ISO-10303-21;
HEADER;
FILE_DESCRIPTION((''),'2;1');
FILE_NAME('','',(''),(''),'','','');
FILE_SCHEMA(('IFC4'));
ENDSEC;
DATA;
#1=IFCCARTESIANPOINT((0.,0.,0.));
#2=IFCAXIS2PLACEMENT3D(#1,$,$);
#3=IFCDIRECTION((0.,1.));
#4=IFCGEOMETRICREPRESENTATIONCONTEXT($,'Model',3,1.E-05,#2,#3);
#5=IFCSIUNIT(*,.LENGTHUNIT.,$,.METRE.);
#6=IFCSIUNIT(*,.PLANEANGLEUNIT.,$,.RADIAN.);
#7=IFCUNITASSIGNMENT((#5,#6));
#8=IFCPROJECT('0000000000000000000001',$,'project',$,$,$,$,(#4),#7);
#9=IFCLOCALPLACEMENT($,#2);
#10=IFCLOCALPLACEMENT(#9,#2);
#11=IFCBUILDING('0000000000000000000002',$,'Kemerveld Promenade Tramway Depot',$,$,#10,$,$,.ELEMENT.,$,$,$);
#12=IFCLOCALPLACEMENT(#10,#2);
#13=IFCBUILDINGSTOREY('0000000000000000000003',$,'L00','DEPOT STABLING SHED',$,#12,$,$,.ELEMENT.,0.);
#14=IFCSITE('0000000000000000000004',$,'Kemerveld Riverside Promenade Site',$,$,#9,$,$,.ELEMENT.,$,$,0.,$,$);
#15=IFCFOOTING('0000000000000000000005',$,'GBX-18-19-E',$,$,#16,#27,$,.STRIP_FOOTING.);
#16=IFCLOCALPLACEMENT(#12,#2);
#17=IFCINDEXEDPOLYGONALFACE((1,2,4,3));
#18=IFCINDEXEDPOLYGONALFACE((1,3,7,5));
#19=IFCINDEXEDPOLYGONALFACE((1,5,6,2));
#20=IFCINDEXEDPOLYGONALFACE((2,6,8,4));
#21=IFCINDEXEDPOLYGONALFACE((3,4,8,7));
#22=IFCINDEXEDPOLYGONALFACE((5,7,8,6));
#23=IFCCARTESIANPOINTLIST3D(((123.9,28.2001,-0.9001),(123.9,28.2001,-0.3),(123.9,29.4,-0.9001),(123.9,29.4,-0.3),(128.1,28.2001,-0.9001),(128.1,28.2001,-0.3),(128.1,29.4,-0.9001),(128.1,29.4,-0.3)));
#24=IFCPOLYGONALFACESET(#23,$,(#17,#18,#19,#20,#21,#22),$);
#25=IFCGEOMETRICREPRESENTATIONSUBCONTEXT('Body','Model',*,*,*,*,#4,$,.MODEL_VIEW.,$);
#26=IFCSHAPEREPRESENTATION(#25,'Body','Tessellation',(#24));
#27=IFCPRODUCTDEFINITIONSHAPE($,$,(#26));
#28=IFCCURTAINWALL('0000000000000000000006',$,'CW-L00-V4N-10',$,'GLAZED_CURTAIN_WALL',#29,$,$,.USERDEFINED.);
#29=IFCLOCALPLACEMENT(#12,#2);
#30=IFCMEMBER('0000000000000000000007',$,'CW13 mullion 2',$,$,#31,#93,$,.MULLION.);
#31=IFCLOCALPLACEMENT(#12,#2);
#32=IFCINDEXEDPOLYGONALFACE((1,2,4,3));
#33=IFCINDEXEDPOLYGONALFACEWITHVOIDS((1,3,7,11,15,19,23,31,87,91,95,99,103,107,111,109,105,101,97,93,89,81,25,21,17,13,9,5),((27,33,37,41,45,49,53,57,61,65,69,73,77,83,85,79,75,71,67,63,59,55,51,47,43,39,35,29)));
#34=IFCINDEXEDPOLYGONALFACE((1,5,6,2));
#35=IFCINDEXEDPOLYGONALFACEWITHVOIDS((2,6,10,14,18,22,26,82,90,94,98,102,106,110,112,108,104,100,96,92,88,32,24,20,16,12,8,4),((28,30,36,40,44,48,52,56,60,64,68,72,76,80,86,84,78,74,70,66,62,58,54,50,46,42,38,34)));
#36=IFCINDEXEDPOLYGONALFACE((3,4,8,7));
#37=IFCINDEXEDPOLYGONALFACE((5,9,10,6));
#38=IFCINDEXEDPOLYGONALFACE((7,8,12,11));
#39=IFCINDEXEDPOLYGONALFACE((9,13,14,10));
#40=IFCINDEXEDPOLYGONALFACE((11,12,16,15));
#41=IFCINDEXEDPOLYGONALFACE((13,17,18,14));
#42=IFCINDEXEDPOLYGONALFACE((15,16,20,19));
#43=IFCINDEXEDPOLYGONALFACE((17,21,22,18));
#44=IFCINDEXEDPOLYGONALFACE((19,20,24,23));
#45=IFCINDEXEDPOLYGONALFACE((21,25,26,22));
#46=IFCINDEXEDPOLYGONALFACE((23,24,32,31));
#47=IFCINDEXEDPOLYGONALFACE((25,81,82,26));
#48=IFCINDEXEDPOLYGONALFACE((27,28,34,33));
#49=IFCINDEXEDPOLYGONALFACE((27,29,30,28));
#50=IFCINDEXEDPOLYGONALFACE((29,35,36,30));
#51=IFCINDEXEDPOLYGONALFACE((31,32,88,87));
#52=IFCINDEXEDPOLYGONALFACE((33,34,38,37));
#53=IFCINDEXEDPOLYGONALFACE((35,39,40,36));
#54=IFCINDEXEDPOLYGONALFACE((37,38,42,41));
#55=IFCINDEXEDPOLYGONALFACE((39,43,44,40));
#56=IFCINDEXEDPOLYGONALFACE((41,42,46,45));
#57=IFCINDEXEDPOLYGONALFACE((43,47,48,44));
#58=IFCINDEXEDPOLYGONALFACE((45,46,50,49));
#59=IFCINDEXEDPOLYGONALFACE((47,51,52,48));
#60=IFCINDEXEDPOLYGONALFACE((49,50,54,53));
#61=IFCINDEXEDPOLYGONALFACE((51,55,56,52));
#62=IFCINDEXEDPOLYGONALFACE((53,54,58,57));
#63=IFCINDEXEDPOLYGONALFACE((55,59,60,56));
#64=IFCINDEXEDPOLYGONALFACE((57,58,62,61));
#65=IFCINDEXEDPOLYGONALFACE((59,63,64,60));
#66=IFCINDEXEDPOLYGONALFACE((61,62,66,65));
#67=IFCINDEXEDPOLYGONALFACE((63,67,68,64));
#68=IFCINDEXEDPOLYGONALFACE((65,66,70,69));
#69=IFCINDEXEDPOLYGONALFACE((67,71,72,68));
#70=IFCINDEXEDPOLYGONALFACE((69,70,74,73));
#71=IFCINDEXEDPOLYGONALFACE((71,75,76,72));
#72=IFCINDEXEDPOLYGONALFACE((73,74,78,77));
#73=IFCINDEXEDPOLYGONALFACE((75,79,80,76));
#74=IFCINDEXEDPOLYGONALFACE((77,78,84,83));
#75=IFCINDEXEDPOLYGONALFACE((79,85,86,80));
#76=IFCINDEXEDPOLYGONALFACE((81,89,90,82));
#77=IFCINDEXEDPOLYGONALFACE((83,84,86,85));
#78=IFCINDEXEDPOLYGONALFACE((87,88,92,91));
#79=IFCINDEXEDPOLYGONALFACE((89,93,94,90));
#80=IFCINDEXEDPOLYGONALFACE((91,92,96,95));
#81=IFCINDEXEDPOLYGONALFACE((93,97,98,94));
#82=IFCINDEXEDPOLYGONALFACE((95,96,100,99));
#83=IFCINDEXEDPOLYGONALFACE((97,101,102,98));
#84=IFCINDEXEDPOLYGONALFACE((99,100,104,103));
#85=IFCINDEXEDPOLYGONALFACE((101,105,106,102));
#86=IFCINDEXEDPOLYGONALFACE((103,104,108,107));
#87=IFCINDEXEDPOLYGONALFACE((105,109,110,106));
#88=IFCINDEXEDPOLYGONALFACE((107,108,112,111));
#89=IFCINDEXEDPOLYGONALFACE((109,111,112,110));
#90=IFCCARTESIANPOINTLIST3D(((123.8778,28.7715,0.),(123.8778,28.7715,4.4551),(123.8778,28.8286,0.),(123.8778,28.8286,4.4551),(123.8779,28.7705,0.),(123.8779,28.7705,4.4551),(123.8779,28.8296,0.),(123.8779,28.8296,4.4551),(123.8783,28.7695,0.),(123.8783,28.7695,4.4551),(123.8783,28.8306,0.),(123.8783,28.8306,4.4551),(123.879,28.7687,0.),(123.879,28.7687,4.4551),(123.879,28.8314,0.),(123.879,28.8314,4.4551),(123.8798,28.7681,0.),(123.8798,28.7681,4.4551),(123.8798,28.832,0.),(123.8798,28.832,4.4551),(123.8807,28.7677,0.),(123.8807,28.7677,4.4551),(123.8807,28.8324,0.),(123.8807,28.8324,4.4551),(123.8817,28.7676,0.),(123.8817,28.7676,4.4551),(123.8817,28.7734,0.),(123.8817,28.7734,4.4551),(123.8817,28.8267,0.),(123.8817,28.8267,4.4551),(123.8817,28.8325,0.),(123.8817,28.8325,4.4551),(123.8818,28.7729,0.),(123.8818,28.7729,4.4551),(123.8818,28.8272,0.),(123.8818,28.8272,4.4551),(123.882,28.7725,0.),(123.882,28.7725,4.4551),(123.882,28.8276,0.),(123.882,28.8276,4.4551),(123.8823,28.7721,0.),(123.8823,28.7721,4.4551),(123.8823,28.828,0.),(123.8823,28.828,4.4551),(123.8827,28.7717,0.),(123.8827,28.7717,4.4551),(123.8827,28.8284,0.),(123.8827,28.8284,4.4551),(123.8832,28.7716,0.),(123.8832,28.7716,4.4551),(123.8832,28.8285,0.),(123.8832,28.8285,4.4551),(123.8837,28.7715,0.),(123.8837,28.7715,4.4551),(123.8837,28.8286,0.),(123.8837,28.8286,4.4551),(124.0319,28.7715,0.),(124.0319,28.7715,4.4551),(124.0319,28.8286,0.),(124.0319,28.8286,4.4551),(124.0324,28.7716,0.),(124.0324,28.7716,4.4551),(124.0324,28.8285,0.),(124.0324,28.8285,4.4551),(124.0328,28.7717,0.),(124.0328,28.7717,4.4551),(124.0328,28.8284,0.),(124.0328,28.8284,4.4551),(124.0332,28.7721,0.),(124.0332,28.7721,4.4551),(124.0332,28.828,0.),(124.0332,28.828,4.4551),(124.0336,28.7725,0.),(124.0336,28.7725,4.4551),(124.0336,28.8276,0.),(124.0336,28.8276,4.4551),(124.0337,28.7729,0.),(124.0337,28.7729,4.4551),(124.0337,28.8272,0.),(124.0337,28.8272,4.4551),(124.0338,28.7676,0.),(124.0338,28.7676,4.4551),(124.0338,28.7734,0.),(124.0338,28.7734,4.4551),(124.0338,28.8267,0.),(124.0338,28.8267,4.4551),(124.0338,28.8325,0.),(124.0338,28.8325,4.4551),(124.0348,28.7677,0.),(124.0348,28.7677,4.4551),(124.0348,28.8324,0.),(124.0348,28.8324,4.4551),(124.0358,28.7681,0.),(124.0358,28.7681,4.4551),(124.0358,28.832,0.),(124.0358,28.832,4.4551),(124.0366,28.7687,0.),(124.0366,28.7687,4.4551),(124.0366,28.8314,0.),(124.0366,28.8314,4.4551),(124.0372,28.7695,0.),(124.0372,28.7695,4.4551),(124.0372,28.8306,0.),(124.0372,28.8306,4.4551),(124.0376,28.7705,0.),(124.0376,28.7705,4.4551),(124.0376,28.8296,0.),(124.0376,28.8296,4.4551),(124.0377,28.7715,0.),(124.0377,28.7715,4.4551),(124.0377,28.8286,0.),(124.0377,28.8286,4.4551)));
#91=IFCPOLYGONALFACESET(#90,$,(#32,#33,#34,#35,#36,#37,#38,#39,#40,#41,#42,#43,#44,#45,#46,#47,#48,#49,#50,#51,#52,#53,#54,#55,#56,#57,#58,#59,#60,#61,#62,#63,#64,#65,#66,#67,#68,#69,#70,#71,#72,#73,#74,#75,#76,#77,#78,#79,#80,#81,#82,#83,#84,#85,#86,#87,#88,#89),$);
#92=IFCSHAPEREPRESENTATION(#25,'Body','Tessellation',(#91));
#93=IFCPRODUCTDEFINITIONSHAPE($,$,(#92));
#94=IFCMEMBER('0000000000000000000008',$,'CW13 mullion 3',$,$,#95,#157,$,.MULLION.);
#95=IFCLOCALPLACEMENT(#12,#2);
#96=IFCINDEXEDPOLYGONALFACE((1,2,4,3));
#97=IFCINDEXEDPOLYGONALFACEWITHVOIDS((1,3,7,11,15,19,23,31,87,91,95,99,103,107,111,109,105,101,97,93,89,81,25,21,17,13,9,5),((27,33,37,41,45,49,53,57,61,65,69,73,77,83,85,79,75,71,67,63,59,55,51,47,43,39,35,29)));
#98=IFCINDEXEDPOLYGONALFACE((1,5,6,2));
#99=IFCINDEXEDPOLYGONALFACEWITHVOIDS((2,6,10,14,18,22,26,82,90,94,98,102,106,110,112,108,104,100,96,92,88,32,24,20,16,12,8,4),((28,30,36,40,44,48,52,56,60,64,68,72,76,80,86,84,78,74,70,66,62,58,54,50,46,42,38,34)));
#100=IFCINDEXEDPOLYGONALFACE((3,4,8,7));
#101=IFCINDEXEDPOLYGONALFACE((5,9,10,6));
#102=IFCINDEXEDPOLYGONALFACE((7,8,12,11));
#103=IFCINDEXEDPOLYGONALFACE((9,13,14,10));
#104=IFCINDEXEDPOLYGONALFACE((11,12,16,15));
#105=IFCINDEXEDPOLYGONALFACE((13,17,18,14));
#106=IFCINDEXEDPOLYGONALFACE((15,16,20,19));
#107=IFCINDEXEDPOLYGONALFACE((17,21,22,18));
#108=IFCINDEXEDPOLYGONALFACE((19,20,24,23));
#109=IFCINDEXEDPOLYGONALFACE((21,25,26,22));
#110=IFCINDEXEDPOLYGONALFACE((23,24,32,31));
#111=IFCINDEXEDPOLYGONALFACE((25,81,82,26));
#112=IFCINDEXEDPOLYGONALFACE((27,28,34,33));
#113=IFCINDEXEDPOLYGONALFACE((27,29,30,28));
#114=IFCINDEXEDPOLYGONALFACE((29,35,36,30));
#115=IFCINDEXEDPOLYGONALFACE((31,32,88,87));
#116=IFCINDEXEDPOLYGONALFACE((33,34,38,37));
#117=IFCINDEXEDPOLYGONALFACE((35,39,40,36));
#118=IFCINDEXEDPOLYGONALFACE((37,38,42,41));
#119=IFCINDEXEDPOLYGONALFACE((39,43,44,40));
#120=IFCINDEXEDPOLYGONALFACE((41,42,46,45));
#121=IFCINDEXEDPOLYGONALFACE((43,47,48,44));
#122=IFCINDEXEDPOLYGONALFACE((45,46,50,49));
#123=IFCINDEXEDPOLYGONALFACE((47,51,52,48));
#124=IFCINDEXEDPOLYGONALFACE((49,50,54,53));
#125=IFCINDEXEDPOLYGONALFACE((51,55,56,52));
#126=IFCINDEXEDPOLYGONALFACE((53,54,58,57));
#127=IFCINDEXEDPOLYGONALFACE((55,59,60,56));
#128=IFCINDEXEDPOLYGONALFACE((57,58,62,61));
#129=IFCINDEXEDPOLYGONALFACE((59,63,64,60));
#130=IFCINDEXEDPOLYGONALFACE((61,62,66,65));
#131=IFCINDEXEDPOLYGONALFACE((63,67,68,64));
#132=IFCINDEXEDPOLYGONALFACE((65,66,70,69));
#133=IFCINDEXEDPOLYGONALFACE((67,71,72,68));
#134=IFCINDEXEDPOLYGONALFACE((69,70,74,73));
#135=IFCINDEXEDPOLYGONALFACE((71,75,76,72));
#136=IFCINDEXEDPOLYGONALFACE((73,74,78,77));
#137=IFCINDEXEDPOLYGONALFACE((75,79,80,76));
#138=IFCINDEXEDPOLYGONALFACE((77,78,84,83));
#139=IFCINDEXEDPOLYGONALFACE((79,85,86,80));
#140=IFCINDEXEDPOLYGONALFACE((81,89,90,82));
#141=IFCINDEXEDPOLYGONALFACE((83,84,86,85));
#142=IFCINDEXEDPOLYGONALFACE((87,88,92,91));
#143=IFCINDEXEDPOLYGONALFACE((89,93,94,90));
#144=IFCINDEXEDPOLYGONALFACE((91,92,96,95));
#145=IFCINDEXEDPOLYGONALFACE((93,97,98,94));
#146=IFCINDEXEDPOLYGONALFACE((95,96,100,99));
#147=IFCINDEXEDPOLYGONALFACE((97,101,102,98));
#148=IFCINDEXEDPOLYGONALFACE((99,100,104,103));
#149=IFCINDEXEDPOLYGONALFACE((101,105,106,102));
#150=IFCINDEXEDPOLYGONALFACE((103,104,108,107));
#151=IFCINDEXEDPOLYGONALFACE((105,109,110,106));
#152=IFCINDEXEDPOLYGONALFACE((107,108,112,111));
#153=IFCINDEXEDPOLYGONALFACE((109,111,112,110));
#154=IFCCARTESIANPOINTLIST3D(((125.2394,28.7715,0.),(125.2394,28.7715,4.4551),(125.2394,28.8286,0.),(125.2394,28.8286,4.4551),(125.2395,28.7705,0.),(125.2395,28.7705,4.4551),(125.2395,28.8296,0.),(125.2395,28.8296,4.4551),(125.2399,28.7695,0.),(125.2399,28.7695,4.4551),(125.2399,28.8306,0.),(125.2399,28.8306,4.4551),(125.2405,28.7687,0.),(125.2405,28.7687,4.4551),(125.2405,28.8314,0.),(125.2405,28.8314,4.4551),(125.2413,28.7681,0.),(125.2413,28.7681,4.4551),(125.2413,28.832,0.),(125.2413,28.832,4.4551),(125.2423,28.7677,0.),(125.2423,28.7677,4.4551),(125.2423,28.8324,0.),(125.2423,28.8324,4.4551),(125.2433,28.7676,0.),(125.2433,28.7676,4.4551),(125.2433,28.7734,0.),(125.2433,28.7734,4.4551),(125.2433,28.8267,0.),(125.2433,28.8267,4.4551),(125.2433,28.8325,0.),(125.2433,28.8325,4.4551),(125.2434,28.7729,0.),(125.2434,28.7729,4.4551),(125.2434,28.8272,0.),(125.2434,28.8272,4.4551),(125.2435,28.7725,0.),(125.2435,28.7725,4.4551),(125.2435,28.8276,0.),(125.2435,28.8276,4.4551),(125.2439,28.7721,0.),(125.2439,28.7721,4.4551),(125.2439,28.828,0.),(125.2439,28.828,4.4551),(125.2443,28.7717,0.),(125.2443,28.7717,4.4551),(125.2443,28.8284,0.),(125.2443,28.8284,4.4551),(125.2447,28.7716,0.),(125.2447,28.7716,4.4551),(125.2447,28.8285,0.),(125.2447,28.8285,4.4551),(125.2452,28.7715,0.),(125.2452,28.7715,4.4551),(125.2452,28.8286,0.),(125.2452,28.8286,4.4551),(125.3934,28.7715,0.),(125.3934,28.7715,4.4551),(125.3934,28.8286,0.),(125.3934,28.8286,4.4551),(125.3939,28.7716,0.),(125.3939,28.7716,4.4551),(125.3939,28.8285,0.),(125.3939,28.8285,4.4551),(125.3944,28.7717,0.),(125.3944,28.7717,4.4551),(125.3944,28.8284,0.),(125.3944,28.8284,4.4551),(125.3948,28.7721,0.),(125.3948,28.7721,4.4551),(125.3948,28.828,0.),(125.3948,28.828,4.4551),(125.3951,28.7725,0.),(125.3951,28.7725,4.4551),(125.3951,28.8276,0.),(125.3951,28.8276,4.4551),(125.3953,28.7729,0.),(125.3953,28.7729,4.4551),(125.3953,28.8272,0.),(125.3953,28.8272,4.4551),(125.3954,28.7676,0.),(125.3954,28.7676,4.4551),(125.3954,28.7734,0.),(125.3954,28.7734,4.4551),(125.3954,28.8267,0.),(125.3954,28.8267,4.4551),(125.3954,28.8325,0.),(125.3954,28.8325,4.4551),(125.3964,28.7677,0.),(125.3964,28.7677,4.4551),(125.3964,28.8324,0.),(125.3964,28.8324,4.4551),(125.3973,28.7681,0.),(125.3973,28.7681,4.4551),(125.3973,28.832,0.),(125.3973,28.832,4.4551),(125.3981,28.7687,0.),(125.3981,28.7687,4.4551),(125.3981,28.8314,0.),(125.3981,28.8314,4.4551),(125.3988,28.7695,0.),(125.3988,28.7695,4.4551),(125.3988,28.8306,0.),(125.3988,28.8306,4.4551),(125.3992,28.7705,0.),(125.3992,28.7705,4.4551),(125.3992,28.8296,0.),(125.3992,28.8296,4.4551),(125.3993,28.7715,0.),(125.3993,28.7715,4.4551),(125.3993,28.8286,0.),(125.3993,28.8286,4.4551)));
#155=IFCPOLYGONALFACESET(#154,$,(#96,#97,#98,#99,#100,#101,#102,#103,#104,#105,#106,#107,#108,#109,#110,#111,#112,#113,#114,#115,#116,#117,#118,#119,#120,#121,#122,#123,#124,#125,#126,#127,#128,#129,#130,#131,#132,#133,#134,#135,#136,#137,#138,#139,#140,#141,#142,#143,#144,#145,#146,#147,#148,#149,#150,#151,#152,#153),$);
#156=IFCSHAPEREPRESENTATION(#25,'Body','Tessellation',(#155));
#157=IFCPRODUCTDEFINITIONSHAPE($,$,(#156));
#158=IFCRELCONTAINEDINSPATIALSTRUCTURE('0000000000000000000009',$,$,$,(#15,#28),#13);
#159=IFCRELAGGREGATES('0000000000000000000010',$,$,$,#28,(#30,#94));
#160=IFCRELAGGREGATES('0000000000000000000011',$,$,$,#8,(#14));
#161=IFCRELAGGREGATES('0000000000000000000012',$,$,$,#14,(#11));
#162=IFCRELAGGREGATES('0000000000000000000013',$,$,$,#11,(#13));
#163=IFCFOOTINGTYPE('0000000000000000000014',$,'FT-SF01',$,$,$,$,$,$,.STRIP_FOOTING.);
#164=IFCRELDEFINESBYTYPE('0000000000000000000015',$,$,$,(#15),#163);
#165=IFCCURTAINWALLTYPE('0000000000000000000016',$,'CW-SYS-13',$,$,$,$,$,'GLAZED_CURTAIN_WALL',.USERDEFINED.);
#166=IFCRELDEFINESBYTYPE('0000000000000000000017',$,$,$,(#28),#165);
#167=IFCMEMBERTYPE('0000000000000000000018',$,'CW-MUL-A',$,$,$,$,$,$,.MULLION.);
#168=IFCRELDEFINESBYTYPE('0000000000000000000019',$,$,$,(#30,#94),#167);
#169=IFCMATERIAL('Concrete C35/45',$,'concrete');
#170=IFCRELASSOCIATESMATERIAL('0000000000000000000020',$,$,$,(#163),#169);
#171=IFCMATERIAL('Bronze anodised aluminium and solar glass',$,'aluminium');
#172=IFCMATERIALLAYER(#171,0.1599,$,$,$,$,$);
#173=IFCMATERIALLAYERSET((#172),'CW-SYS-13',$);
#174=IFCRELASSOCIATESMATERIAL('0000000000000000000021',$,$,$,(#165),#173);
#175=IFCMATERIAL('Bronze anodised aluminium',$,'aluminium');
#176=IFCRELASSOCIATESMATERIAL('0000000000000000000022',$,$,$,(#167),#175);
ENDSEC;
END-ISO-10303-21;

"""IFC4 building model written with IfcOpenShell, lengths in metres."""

from ifc_helpers import new_model, si_unit, direction, frame, origin, origin_2d, place, context, subcontext, project, spatial, rectangle, hollow_rectangle, extrude, material, layer, layer_set, material_profile, profile_set, type_object, element, aggregate, save


model = new_model("IFC4")

# Units and contexts
model_context = context("Model", 3, precision=1e-05, world=origin(), true_north=direction((0.0, 1.0)))
body_context = subcontext(model_context, "Body", "Model", "MODEL_VIEW")
ifc_project = project(units=[si_unit("LENGTHUNIT", "METRE"), si_unit("PLANEANGLEUNIT", "RADIAN")], contexts=[model_context])

# Site, building, storey
site_placement = place(None, origin())
site = spatial("IfcSite", under=ifc_project, at=site_placement, Name="Kemerveld Riverside Promenade Site", CompositionType="ELEMENT", RefElevation=0.0)
building_placement = place(site_placement, origin())
building = spatial("IfcBuilding", under=site, at=building_placement, Name="Kemerveld Promenade Tramway Depot", CompositionType="ELEMENT")
storey_placement = place(building_placement, origin())
storey = spatial("IfcBuildingStorey", under=building, at=storey_placement, Name="L00", Description="DEPOT STABLING SHED", CompositionType="ELEMENT", Elevation=0.0)

# Footing
ifc_material_1 = material(Name="Concrete C35/45", Category="concrete")
footing_type = type_object("IfcFootingType", Name="FT-SF01", PredefinedType="STRIP_FOOTING", material=ifc_material_1)
footing_placement = place(storey_placement, frame((126.0, 28.8, -0.9001), z_axis=(0.0, 0.0, 1.0), x_axis=(1.0, 0.0, 0.0)))
element("IfcFooting", 1, at=footing_placement, inside=storey, type_object=footing_type, Name="GBX-18-19-E", PredefinedType="STRIP_FOOTING", context=body_context, shape_type="SweptSolid", body=[
    extrude(rectangle(XDim=4.2, YDim=1.2, at=origin_2d()), origin(), (0.0, 0.0, 1.0), 0.6001),
])

# Curtain wall, members
ifc_material_2 = material(Name="Bronze anodised aluminium and solar glass", Category="aluminium")
ifc_layer_1 = layer(ifc_material_2, 0.1599)
ifc_layer_set_1 = layer_set([ifc_layer_1], Name="CW-SYS-13")
curtain_wall_type = type_object("IfcCurtainWallType", Name="CW-SYS-13", ElementType="GLAZED_CURTAIN_WALL", PredefinedType="USERDEFINED", material=ifc_layer_set_1)
curtain_wall_placement = place(storey_placement, origin())
curtain_wall = element("IfcCurtainWall", 2, at=curtain_wall_placement, inside=storey, type_object=curtain_wall_type, Name="CW-L00-V4N-10", ObjectType="GLAZED_CURTAIN_WALL", PredefinedType="USERDEFINED")
ifc_material_3 = material(Name="Bronze anodised aluminium", Category="aluminium")
ifc_material_profile_1 = material_profile(ifc_material_3, hollow_rectangle(XDim=0.0649, YDim=0.1599, WallThickness=0.0039, InnerFilletRadius=0.002, OuterFilletRadius=0.0039, at=origin_2d()), Name="CW-MUL-160x65")
ifc_profile_set_1 = profile_set([ifc_material_profile_1], Name="Bronze anodised aluminium")
member_type_1 = type_object("IfcMemberType", Name="CW-MUL-A", PredefinedType="MULLION", material=ifc_profile_set_1)
member_1_placement = place(storey_placement, frame((123.9578, 28.8, 0.0), z_axis=(0.0, 0.0, 1.0), x_axis=(0.0, 1.0, 0.0)))
member_1 = element("IfcMember", 3, at=member_1_placement, type_object=member_type_1, Name="CW13 mullion 2", PredefinedType="MULLION", context=body_context, shape_type="SweptSolid", body=[
    extrude(hollow_rectangle(XDim=0.0649, YDim=0.1599, WallThickness=0.0039, InnerFilletRadius=0.002, OuterFilletRadius=0.0039, at=origin_2d()), origin(), (0.0, 0.0, 1.0), 4.4551),
])
member_2_placement = place(storey_placement, frame((125.3193, 28.8, 0.0), z_axis=(0.0, 0.0, 1.0), x_axis=(0.0, 1.0, 0.0)))
member_2 = element("IfcMember", 4, at=member_2_placement, type_object=member_type_1, Name="CW13 mullion 3", PredefinedType="MULLION", context=body_context, shape_type="SweptSolid", body=[
    extrude(hollow_rectangle(XDim=0.0649, YDim=0.1599, WallThickness=0.0039, InnerFilletRadius=0.002, OuterFilletRadius=0.0039, at=origin_2d()), origin(), (0.0, 0.0, 1.0), 4.4551),
])
aggregate(curtain_wall, [member_1, member_2])

save(model, "model.ifc")
